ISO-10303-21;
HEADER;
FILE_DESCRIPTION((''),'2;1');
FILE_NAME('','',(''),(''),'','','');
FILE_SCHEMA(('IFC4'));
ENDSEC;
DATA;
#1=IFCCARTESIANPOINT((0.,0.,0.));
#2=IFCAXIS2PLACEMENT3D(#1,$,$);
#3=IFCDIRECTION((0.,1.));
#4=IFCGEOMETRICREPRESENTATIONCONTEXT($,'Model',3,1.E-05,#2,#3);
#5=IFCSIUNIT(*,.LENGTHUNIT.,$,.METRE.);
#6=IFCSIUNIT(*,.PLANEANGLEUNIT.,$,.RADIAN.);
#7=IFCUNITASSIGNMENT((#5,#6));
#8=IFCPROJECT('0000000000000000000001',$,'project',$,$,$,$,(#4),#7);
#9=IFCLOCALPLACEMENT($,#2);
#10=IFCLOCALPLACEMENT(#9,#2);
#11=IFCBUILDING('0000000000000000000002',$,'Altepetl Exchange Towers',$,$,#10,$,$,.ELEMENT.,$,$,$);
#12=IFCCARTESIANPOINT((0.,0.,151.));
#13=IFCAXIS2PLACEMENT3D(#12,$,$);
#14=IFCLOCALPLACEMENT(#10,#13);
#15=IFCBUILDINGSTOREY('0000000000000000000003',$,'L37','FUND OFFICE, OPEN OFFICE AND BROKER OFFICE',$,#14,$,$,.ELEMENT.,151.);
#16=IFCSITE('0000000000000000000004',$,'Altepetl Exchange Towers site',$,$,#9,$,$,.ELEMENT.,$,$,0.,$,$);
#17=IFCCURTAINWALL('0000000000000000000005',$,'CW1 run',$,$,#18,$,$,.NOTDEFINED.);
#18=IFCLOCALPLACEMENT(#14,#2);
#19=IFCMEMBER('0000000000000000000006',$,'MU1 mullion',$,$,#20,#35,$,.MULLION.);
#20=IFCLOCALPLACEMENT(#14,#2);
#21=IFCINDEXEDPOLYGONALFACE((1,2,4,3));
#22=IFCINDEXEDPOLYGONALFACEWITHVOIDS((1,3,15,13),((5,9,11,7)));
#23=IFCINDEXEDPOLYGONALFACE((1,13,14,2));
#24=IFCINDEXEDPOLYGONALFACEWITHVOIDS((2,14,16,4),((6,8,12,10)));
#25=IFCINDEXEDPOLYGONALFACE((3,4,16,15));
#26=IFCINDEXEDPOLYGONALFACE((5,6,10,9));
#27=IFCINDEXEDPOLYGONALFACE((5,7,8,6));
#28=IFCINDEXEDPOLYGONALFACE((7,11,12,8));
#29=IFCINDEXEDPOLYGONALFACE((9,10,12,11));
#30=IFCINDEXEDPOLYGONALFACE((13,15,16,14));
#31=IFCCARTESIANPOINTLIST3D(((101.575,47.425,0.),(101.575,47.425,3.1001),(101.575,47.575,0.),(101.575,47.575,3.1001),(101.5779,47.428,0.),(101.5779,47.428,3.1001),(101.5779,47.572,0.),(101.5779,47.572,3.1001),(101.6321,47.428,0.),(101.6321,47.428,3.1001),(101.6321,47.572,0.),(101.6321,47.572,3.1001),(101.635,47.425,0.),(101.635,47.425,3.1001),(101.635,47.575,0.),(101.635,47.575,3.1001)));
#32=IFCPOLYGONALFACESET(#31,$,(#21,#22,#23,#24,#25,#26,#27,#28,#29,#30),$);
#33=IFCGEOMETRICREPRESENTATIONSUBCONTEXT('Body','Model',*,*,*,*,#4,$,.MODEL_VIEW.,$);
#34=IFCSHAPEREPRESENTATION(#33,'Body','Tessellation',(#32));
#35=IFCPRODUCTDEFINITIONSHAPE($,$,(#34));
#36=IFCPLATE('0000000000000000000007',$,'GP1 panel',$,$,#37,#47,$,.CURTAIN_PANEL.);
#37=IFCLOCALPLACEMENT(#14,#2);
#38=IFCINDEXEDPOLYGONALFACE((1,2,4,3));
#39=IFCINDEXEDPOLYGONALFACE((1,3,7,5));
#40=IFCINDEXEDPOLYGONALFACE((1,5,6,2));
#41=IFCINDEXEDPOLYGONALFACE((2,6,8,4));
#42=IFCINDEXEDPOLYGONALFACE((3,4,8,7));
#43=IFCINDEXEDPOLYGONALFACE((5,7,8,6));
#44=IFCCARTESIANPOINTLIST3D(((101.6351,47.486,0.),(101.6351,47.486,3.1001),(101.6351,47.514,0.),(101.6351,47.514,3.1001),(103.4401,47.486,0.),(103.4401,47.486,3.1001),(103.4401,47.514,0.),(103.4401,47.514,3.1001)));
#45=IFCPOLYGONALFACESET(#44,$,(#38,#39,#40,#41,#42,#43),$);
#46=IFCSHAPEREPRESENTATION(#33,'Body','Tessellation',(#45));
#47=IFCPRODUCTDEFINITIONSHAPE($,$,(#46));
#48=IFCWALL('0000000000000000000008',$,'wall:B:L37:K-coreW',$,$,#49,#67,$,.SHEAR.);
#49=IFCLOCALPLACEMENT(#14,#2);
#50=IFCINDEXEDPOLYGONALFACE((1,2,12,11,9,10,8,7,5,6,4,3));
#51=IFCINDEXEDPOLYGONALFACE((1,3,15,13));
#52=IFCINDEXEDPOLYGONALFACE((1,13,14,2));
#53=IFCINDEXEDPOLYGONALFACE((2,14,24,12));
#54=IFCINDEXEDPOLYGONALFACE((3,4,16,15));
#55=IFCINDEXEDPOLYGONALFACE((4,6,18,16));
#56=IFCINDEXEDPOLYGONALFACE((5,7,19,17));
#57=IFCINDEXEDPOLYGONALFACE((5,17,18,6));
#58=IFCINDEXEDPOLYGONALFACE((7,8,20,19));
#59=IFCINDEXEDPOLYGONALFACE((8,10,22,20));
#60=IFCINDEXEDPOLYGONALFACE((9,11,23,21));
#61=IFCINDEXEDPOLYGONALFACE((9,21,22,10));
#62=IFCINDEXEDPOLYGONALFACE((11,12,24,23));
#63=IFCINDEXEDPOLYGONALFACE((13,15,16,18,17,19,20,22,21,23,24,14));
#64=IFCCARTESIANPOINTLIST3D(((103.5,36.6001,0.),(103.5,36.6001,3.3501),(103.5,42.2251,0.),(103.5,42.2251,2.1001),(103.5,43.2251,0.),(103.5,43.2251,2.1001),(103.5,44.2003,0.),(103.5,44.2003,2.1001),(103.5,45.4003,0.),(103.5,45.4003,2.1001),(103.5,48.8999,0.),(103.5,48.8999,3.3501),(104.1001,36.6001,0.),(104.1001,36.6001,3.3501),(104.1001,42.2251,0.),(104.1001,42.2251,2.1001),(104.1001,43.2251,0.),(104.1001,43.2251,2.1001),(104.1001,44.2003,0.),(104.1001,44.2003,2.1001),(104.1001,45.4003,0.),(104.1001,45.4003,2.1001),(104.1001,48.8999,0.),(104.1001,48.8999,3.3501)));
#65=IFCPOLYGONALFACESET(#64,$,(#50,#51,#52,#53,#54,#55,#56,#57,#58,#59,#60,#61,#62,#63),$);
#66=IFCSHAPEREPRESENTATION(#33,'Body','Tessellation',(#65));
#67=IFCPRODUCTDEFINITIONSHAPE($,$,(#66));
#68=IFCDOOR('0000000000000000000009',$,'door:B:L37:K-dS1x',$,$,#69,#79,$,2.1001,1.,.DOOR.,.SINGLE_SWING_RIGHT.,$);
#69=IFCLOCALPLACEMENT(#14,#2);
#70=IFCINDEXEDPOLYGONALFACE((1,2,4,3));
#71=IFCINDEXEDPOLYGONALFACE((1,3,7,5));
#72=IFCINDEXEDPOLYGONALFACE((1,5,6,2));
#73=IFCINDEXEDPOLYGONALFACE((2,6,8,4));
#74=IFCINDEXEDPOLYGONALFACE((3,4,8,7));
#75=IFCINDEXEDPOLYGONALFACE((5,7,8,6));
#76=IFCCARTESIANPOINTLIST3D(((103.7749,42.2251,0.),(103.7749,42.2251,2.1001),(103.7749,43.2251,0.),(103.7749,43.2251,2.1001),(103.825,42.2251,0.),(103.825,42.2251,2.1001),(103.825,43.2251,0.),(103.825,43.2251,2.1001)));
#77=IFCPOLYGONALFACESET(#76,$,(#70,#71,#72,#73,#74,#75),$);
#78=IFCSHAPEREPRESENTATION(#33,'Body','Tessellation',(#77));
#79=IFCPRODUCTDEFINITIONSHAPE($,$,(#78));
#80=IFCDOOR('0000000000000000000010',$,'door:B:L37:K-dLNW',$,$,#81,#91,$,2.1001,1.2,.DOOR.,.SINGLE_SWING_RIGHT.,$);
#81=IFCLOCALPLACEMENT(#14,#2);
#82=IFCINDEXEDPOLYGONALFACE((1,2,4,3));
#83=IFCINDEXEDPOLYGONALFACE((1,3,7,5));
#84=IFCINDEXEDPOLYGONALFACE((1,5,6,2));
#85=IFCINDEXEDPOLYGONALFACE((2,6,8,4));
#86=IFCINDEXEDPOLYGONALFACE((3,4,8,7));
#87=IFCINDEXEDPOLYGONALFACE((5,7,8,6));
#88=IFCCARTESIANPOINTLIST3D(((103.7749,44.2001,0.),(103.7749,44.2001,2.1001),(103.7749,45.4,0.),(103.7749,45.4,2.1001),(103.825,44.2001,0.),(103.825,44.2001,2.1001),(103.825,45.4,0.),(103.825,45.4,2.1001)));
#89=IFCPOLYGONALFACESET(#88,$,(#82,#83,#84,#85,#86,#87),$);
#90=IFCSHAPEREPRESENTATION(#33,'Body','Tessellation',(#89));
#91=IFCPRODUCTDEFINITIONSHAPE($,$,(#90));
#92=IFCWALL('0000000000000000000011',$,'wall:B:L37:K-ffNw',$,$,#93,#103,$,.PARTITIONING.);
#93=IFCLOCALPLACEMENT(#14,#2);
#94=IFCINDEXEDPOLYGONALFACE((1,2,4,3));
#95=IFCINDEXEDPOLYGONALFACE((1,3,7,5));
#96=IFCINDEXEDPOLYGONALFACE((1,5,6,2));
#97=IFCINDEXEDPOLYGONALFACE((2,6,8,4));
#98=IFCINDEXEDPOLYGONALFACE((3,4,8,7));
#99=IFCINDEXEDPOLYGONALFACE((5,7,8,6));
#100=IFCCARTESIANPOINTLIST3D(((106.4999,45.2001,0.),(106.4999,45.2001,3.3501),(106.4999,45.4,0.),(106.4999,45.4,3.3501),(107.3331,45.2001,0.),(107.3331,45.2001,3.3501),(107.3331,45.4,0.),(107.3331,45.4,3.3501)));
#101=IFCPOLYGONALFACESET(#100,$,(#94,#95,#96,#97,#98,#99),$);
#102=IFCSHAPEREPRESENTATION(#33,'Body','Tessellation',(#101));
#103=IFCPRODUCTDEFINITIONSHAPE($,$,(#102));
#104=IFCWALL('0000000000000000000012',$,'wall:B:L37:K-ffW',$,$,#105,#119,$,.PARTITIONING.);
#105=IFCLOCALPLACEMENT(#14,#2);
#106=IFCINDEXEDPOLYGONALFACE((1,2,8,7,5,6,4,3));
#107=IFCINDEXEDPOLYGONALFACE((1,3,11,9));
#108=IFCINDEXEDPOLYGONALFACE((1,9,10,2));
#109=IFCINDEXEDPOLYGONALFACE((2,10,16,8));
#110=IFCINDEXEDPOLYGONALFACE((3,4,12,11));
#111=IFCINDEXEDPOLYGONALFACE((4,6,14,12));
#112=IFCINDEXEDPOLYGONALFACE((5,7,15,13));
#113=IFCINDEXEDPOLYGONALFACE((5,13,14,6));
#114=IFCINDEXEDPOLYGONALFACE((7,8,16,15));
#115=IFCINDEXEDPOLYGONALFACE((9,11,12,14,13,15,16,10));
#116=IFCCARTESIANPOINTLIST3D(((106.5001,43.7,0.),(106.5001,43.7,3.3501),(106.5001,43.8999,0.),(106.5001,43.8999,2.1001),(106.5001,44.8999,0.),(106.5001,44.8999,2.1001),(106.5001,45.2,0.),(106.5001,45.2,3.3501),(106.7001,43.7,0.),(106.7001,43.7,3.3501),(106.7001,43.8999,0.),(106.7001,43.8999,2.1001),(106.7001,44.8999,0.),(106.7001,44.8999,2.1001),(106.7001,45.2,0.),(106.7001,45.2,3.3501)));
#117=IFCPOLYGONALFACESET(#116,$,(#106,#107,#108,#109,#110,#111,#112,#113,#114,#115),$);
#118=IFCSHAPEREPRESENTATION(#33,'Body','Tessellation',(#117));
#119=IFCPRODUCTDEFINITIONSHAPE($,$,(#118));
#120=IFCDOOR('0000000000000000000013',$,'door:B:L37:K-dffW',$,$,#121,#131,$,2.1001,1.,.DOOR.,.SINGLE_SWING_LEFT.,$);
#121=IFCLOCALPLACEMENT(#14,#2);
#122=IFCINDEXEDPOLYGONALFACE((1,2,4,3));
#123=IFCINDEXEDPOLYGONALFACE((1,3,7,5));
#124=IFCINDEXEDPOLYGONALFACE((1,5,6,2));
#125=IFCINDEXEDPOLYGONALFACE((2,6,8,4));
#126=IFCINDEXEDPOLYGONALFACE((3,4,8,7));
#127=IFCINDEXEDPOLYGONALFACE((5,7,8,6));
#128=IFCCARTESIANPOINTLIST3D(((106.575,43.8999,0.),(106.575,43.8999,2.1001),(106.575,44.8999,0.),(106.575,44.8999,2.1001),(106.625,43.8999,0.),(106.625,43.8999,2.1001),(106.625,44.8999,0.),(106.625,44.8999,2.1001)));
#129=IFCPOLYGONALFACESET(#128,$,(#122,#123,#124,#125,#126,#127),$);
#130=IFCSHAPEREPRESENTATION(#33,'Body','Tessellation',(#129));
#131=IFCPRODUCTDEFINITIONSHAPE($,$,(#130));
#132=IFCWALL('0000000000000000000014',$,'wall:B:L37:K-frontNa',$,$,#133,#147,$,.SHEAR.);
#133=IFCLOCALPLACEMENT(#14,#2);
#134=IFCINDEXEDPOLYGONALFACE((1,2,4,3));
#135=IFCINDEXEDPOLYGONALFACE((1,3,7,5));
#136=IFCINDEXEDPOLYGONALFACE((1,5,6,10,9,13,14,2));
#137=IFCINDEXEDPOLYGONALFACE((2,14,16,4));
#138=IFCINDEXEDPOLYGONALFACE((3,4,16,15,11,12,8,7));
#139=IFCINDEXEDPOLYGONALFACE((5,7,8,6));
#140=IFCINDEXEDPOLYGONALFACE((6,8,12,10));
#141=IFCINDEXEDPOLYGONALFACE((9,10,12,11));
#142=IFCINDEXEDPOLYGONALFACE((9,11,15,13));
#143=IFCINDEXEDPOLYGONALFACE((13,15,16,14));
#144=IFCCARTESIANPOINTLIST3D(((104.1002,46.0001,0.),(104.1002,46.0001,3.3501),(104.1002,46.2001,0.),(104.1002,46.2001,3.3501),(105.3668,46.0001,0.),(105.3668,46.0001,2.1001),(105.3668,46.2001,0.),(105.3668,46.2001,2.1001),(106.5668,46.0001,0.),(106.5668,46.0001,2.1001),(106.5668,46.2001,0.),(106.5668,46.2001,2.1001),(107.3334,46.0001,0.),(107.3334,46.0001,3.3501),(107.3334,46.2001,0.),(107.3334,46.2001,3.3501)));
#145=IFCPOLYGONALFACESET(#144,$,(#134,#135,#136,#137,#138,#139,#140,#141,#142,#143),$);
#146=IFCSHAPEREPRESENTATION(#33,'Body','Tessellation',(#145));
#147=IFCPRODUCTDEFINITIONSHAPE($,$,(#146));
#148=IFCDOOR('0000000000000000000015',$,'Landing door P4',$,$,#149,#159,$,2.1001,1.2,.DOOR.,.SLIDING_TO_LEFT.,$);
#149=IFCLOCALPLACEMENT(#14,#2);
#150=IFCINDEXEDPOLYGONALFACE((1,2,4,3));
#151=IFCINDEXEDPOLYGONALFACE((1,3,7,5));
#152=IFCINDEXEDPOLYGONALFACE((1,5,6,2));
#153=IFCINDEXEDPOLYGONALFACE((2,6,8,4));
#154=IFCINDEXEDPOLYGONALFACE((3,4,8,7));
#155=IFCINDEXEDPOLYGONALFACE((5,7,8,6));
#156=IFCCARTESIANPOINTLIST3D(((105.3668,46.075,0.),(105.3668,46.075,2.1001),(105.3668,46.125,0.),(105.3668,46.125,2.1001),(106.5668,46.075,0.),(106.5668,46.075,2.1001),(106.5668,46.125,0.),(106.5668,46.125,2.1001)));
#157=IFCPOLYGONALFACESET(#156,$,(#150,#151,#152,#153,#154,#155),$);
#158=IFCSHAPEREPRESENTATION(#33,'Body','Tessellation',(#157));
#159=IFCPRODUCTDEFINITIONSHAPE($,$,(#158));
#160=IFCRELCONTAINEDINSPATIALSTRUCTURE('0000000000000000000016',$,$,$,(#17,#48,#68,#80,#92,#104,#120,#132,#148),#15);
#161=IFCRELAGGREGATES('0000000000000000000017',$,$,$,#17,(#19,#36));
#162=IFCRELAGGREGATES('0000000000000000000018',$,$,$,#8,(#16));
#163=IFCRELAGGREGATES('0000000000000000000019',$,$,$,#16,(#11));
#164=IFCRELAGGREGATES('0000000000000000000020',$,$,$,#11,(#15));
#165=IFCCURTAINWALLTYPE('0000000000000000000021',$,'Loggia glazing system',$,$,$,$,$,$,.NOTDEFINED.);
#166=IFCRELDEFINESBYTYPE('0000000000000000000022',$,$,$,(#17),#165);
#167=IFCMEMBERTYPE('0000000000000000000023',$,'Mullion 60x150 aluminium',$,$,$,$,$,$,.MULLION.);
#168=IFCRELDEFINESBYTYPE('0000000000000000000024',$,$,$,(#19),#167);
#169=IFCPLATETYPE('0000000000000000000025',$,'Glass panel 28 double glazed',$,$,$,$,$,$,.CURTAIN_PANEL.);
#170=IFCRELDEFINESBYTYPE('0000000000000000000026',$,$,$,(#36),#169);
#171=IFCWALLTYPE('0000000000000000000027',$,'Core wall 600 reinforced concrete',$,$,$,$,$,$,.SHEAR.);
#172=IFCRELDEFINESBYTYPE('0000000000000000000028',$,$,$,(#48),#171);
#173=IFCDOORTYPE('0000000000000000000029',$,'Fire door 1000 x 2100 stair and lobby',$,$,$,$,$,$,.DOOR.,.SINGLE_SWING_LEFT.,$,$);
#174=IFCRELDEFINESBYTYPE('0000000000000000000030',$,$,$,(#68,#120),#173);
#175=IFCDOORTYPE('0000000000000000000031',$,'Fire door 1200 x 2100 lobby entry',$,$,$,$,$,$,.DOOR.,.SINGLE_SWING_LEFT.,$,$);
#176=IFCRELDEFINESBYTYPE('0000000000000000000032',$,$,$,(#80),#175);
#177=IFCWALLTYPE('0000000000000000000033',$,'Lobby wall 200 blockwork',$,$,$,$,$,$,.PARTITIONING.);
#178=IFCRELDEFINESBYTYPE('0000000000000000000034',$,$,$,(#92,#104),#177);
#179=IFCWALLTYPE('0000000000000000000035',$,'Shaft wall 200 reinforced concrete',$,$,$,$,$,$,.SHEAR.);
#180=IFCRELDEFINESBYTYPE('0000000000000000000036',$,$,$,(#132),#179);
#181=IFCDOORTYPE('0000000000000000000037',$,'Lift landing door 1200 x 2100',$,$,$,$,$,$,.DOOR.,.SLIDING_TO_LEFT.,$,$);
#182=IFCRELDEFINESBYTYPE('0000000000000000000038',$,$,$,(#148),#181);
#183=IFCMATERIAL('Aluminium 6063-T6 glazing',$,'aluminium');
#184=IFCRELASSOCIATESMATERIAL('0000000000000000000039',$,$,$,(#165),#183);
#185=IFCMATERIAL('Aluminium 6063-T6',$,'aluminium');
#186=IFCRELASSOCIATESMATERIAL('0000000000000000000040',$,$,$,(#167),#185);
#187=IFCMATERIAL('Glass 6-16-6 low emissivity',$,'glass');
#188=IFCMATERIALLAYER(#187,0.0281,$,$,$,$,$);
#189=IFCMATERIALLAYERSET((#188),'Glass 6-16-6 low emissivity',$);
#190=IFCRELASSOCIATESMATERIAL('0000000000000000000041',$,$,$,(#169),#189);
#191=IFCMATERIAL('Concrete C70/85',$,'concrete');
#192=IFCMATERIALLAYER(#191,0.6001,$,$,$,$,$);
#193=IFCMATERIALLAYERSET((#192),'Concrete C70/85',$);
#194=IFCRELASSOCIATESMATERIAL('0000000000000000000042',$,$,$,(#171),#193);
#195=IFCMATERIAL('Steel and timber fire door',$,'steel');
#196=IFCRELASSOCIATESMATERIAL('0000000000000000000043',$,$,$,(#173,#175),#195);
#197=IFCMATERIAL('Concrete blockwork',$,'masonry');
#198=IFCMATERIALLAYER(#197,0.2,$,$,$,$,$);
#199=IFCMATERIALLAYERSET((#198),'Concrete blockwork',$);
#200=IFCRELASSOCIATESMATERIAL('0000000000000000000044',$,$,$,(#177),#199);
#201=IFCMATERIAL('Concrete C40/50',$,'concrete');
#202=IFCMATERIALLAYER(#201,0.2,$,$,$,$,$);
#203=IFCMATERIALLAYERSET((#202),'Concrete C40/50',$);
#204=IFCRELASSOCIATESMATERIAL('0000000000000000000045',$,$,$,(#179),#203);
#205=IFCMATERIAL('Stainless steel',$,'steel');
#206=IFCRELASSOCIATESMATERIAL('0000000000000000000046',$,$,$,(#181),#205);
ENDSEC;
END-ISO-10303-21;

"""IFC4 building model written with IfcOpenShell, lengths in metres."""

from ifc_helpers import new_model, si_unit, direction, frame, frame_2d, origin, origin_2d, place, context, subcontext, project, spatial, rectangle, hollow_rectangle, extrude, material, layer, layer_set, material_profile, profile_set, type_object, element, fill, aggregate, save


model = new_model("IFC4")

# Units and contexts
model_context = context("Model", 3, precision=1e-05, world=origin(), true_north=direction((0.0, 1.0)))
body_context = subcontext(model_context, "Body", "Model", "MODEL_VIEW")
ifc_project = project(units=[si_unit("LENGTHUNIT", "METRE"), si_unit("PLANEANGLEUNIT", "RADIAN")], contexts=[model_context])

# Site, building, storey
site_placement = place(None, origin())
site = spatial("IfcSite", under=ifc_project, at=site_placement, Name="Altepetl Exchange Towers site", CompositionType="ELEMENT", RefElevation=0.0)
building_placement = place(site_placement, origin())
building = spatial("IfcBuilding", under=site, at=building_placement, Name="Altepetl Exchange Towers", CompositionType="ELEMENT")
storey_placement = place(building_placement, frame((0.0, 0.0, 151.0)))
storey = spatial("IfcBuildingStorey", under=building, at=storey_placement, Name="L37", Description="FUND OFFICE, OPEN OFFICE AND BROKER OFFICE", CompositionType="ELEMENT", Elevation=151.0)

# Curtain wall, member, plate
ifc_material_1 = material(Name="Aluminium 6063-T6 glazing", Category="aluminium")
curtain_wall_type = type_object("IfcCurtainWallType", Name="Loggia glazing system", PredefinedType="NOTDEFINED", material=ifc_material_1)
curtain_wall_placement = place(storey_placement, origin())
curtain_wall = element("IfcCurtainWall", 1, at=curtain_wall_placement, inside=storey, type_object=curtain_wall_type, Name="CW1 run", PredefinedType="NOTDEFINED")
ifc_material_2 = material(Name="Aluminium 6063-T6", Category="aluminium")
ifc_material_profile = material_profile(ifc_material_2, hollow_rectangle(XDim=0.0601, YDim=0.1499, WallThickness=0.0029, at=origin_2d()), Name="Mullion 60x150 aluminium")
ifc_profile_set = profile_set([ifc_material_profile], Name="Aluminium 6063-T6")
member_type = type_object("IfcMemberType", Name="Mullion 60x150 aluminium", PredefinedType="MULLION", material=ifc_profile_set)
member_placement = place(storey_placement, frame((101.605, 47.5, 0.0), z_axis=(0.0, 0.0, 1.0), x_axis=(-1.0, 0.0, 0.0)))
member = element("IfcMember", 2, at=member_placement, type_object=member_type, Name="MU1 mullion", PredefinedType="MULLION", context=body_context, shape_type="SweptSolid", body=[
    extrude(hollow_rectangle(XDim=0.0601, YDim=0.1499, WallThickness=0.0029, at=origin_2d()), origin(), (0.0, 0.0, 1.0), 3.1001),
])
ifc_material_3 = material(Name="Glass 6-16-6 low emissivity", Category="glass")
ifc_layer_1 = layer(ifc_material_3, 0.0281)
ifc_layer_set_1 = layer_set([ifc_layer_1], Name="Glass 6-16-6 low emissivity")
plate_type = type_object("IfcPlateType", Name="Glass panel 28 double glazed", PredefinedType="CURTAIN_PANEL", material=ifc_layer_set_1)
plate_placement = place(storey_placement, frame((102.5376, 47.5, 0.0), z_axis=(0.0, 0.0, 1.0), x_axis=(-1.0, 0.0, 0.0)))
plate = element("IfcPlate", 3, at=plate_placement, type_object=plate_type, Name="GP1 panel", PredefinedType="CURTAIN_PANEL", context=body_context, shape_type="SweptSolid", body=[
    extrude(rectangle(XDim=1.8049, YDim=0.0281, at=origin_2d()), origin(), (0.0, 0.0, 1.0), 3.1001),
])
aggregate(curtain_wall, [member, plate])

# Wall, openings, doors
ifc_material_4 = material(Name="Concrete C70/85", Category="concrete")
ifc_layer_2 = layer(ifc_material_4, 0.6001)
ifc_layer_set_2 = layer_set([ifc_layer_2], Name="Concrete C70/85")
wall_type_1 = type_object("IfcWallType", Name="Core wall 600 reinforced concrete", PredefinedType="SHEAR", material=ifc_layer_set_2)
wall_1_placement = place(storey_placement, frame((103.8, 36.6001, 0.0), z_axis=(0.0, 0.0, 1.0), x_axis=(0.0, 1.0, 0.0)))
wall_1 = element("IfcWall", 4, at=wall_1_placement, inside=storey, type_object=wall_type_1, Name="wall:B:L37:K-coreW", PredefinedType="SHEAR", context=body_context, shape_type="SweptSolid", body=[
    extrude(rectangle(XDim=12.2998, YDim=0.6001, at=frame_2d((6.1499, 0.0))), origin(), (0.0, 0.0, 1.0), 3.3501),
])
opening_1_placement = place(wall_1_placement, frame((7.6001, 0.0, 0.0)))
opening_1 = element("IfcOpeningElement", 5, at=opening_1_placement, cuts=wall_1, PredefinedType="OPENING", context=body_context, shape_type="SweptSolid", body=[
    extrude(rectangle(XDim=1.2, YDim=2.1001, at=frame_2d((0.6001, 1.05))), frame((0.0, 0.3101, 0.0), z_axis=(0.0, -1.0, 0.0), x_axis=(1.0, 0.0, 0.0)), (0.0, 0.0, 1.0), 0.6201),
])
opening_2_placement = place(wall_1_placement, frame((5.625, 0.0, 0.0)))
opening_2 = element("IfcOpeningElement", 6, at=opening_2_placement, cuts=wall_1, PredefinedType="OPENING", context=body_context, shape_type="SweptSolid", body=[
    extrude(rectangle(XDim=1.0, YDim=2.1001, at=frame_2d((0.5, 1.05))), frame((0.0, 0.3101, 0.0), z_axis=(0.0, -1.0, 0.0), x_axis=(1.0, 0.0, 0.0)), (0.0, 0.0, 1.0), 0.6201),
])
ifc_material_5 = material(Name="Steel and timber fire door", Category="steel")
door_type_1 = type_object("IfcDoorType", Name="Fire door 1000 x 2100 stair and lobby", OperationType="SINGLE_SWING_LEFT", PredefinedType="DOOR", material=ifc_material_5)
door_1_placement = place(opening_2_placement, frame((1.0, 0.0, 0.0), x_axis=(-1.0, 0.0, 0.0)))
door_1 = element("IfcDoor", 7, at=door_1_placement, inside=storey, type_object=door_type_1, Name="door:B:L37:K-dS1x", OperationType="SINGLE_SWING_RIGHT", OverallHeight=2.1001, OverallWidth=1.0, PredefinedType="DOOR", context=body_context, shape_type="SweptSolid", body=[
    extrude(rectangle(XDim=1.0, YDim=2.1001, at=frame_2d((0.5, 1.05))), frame((0.0, 0.0249, 0.0), z_axis=(0.0, -1.0, 0.0), x_axis=(1.0, 0.0, 0.0)), (0.0, 0.0, 1.0), 0.05),
])
fill(opening_2, door_1)
door_type_2 = type_object("IfcDoorType", Name="Fire door 1200 x 2100 lobby entry", OperationType="SINGLE_SWING_LEFT", PredefinedType="DOOR", material=ifc_material_5)
door_2_placement = place(opening_1_placement, frame((1.2, 0.0, 0.0), x_axis=(-1.0, 0.0, 0.0)))
door_2 = element("IfcDoor", 8, at=door_2_placement, inside=storey, type_object=door_type_2, Name="door:B:L37:K-dLNW", OperationType="SINGLE_SWING_RIGHT", OverallHeight=2.1001, OverallWidth=1.2, PredefinedType="DOOR", context=body_context, shape_type="SweptSolid", body=[
    extrude(rectangle(XDim=1.2, YDim=2.1001, at=frame_2d((0.6001, 1.05))), frame((0.0, 0.0249, 0.0), z_axis=(0.0, -1.0, 0.0), x_axis=(1.0, 0.0, 0.0)), (0.0, 0.0, 1.0), 0.05),
])
fill(opening_1, door_2)

# Wall
ifc_material_6 = material(Name="Concrete blockwork", Category="masonry")
ifc_layer_3 = layer(ifc_material_6, 0.2)
ifc_layer_set_3 = layer_set([ifc_layer_3], Name="Concrete blockwork")
wall_type_2 = type_object("IfcWallType", Name="Lobby wall 200 blockwork", PredefinedType="PARTITIONING", material=ifc_layer_set_3)
wall_2_placement = place(storey_placement, frame((106.5, 45.3, 0.0)))
element("IfcWall", 9, at=wall_2_placement, inside=storey, type_object=wall_type_2, Name="wall:B:L37:K-ffNw", PredefinedType="PARTITIONING", context=body_context, shape_type="SweptSolid", body=[
    extrude(rectangle(XDim=0.8333, YDim=0.2, at=frame_2d((0.4165, 0.0))), origin(), (0.0, 0.0, 1.0), 3.3501),
])

# Walls, openings, doors
wall_3_placement = place(storey_placement, frame((106.6001, 43.7, 0.0), z_axis=(0.0, 0.0, 1.0), x_axis=(0.0, 1.0, 0.0)))
wall_3 = element("IfcWall", 10, at=wall_3_placement, inside=storey, type_object=wall_type_2, Name="wall:B:L37:K-ffW", PredefinedType="PARTITIONING", context=body_context, shape_type="SweptSolid", body=[
    extrude(rectangle(XDim=1.5, YDim=0.2, at=frame_2d((0.75, 0.0))), origin(), (0.0, 0.0, 1.0), 3.3501),
])
opening_3_placement = place(wall_3_placement, frame((0.2, 0.0, 0.0)))
opening_3 = element("IfcOpeningElement", 11, at=opening_3_placement, cuts=wall_3, PredefinedType="OPENING", context=body_context, shape_type="SweptSolid", body=[
    extrude(rectangle(XDim=1.0, YDim=2.1001, at=frame_2d((0.5, 1.05))), frame((0.0, 0.1099, 0.0), z_axis=(0.0, -1.0, 0.0), x_axis=(1.0, 0.0, 0.0)), (0.0, 0.0, 1.0), 0.22),
])
door_3_placement = place(opening_3_placement, frame((1.0, 0.0, 0.0), x_axis=(-1.0, 0.0, 0.0)))
door_3 = element("IfcDoor", 12, at=door_3_placement, inside=storey, type_object=door_type_1, Name="door:B:L37:K-dffW", OperationType="SINGLE_SWING_LEFT", OverallHeight=2.1001, OverallWidth=1.0, PredefinedType="DOOR", context=body_context, shape_type="SweptSolid", body=[
    extrude(rectangle(XDim=1.0, YDim=2.1001, at=frame_2d((0.5, 1.05))), frame((0.0, 0.0249, 0.0), z_axis=(0.0, -1.0, 0.0), x_axis=(1.0, 0.0, 0.0)), (0.0, 0.0, 1.0), 0.05),
])
fill(opening_3, door_3)
ifc_material_7 = material(Name="Concrete C40/50", Category="concrete")
ifc_layer_4 = layer(ifc_material_7, 0.2)
ifc_layer_set_4 = layer_set([ifc_layer_4], Name="Concrete C40/50")
wall_type_3 = type_object("IfcWallType", Name="Shaft wall 200 reinforced concrete", PredefinedType="SHEAR", material=ifc_layer_set_4)
wall_4_placement = place(storey_placement, frame((104.1001, 46.1001, 0.0)))
wall_4 = element("IfcWall", 13, at=wall_4_placement, inside=storey, type_object=wall_type_3, Name="wall:B:L37:K-frontNa", PredefinedType="SHEAR", context=body_context, shape_type="SweptSolid", body=[
    extrude(rectangle(XDim=3.2332, YDim=0.2, at=frame_2d((1.6167, 0.0))), origin(), (0.0, 0.0, 1.0), 3.3501),
])
opening_4_placement = place(wall_4_placement, frame((1.2666, 0.0, 0.0)))
opening_4 = element("IfcOpeningElement", 14, at=opening_4_placement, cuts=wall_4, PredefinedType="OPENING", context=body_context, shape_type="SweptSolid", body=[
    extrude(rectangle(XDim=1.2, YDim=2.1001, at=frame_2d((0.6001, 1.05))), frame((0.0, 0.1099, 0.0), z_axis=(0.0, -1.0, 0.0), x_axis=(1.0, 0.0, 0.0)), (0.0, 0.0, 1.0), 0.22),
])
ifc_material_8 = material(Name="Stainless steel", Category="steel")
door_type_3 = type_object("IfcDoorType", Name="Lift landing door 1200 x 2100", OperationType="SLIDING_TO_LEFT", PredefinedType="DOOR", material=ifc_material_8)
door_4_placement = place(opening_4_placement, origin())
door_4 = element("IfcDoor", 15, at=door_4_placement, inside=storey, type_object=door_type_3, Name="Landing door P4", OperationType="SLIDING_TO_LEFT", OverallHeight=2.1001, OverallWidth=1.2, PredefinedType="DOOR", context=body_context, shape_type="SweptSolid", body=[
    extrude(rectangle(XDim=1.2, YDim=2.1001, at=frame_2d((0.6001, 1.05))), frame((0.0, 0.0249, 0.0), z_axis=(0.0, -1.0, 0.0), x_axis=(1.0, 0.0, 0.0)), (0.0, 0.0, 1.0), 0.05),
])
fill(opening_4, door_4)

save(model, "model.ifc")
